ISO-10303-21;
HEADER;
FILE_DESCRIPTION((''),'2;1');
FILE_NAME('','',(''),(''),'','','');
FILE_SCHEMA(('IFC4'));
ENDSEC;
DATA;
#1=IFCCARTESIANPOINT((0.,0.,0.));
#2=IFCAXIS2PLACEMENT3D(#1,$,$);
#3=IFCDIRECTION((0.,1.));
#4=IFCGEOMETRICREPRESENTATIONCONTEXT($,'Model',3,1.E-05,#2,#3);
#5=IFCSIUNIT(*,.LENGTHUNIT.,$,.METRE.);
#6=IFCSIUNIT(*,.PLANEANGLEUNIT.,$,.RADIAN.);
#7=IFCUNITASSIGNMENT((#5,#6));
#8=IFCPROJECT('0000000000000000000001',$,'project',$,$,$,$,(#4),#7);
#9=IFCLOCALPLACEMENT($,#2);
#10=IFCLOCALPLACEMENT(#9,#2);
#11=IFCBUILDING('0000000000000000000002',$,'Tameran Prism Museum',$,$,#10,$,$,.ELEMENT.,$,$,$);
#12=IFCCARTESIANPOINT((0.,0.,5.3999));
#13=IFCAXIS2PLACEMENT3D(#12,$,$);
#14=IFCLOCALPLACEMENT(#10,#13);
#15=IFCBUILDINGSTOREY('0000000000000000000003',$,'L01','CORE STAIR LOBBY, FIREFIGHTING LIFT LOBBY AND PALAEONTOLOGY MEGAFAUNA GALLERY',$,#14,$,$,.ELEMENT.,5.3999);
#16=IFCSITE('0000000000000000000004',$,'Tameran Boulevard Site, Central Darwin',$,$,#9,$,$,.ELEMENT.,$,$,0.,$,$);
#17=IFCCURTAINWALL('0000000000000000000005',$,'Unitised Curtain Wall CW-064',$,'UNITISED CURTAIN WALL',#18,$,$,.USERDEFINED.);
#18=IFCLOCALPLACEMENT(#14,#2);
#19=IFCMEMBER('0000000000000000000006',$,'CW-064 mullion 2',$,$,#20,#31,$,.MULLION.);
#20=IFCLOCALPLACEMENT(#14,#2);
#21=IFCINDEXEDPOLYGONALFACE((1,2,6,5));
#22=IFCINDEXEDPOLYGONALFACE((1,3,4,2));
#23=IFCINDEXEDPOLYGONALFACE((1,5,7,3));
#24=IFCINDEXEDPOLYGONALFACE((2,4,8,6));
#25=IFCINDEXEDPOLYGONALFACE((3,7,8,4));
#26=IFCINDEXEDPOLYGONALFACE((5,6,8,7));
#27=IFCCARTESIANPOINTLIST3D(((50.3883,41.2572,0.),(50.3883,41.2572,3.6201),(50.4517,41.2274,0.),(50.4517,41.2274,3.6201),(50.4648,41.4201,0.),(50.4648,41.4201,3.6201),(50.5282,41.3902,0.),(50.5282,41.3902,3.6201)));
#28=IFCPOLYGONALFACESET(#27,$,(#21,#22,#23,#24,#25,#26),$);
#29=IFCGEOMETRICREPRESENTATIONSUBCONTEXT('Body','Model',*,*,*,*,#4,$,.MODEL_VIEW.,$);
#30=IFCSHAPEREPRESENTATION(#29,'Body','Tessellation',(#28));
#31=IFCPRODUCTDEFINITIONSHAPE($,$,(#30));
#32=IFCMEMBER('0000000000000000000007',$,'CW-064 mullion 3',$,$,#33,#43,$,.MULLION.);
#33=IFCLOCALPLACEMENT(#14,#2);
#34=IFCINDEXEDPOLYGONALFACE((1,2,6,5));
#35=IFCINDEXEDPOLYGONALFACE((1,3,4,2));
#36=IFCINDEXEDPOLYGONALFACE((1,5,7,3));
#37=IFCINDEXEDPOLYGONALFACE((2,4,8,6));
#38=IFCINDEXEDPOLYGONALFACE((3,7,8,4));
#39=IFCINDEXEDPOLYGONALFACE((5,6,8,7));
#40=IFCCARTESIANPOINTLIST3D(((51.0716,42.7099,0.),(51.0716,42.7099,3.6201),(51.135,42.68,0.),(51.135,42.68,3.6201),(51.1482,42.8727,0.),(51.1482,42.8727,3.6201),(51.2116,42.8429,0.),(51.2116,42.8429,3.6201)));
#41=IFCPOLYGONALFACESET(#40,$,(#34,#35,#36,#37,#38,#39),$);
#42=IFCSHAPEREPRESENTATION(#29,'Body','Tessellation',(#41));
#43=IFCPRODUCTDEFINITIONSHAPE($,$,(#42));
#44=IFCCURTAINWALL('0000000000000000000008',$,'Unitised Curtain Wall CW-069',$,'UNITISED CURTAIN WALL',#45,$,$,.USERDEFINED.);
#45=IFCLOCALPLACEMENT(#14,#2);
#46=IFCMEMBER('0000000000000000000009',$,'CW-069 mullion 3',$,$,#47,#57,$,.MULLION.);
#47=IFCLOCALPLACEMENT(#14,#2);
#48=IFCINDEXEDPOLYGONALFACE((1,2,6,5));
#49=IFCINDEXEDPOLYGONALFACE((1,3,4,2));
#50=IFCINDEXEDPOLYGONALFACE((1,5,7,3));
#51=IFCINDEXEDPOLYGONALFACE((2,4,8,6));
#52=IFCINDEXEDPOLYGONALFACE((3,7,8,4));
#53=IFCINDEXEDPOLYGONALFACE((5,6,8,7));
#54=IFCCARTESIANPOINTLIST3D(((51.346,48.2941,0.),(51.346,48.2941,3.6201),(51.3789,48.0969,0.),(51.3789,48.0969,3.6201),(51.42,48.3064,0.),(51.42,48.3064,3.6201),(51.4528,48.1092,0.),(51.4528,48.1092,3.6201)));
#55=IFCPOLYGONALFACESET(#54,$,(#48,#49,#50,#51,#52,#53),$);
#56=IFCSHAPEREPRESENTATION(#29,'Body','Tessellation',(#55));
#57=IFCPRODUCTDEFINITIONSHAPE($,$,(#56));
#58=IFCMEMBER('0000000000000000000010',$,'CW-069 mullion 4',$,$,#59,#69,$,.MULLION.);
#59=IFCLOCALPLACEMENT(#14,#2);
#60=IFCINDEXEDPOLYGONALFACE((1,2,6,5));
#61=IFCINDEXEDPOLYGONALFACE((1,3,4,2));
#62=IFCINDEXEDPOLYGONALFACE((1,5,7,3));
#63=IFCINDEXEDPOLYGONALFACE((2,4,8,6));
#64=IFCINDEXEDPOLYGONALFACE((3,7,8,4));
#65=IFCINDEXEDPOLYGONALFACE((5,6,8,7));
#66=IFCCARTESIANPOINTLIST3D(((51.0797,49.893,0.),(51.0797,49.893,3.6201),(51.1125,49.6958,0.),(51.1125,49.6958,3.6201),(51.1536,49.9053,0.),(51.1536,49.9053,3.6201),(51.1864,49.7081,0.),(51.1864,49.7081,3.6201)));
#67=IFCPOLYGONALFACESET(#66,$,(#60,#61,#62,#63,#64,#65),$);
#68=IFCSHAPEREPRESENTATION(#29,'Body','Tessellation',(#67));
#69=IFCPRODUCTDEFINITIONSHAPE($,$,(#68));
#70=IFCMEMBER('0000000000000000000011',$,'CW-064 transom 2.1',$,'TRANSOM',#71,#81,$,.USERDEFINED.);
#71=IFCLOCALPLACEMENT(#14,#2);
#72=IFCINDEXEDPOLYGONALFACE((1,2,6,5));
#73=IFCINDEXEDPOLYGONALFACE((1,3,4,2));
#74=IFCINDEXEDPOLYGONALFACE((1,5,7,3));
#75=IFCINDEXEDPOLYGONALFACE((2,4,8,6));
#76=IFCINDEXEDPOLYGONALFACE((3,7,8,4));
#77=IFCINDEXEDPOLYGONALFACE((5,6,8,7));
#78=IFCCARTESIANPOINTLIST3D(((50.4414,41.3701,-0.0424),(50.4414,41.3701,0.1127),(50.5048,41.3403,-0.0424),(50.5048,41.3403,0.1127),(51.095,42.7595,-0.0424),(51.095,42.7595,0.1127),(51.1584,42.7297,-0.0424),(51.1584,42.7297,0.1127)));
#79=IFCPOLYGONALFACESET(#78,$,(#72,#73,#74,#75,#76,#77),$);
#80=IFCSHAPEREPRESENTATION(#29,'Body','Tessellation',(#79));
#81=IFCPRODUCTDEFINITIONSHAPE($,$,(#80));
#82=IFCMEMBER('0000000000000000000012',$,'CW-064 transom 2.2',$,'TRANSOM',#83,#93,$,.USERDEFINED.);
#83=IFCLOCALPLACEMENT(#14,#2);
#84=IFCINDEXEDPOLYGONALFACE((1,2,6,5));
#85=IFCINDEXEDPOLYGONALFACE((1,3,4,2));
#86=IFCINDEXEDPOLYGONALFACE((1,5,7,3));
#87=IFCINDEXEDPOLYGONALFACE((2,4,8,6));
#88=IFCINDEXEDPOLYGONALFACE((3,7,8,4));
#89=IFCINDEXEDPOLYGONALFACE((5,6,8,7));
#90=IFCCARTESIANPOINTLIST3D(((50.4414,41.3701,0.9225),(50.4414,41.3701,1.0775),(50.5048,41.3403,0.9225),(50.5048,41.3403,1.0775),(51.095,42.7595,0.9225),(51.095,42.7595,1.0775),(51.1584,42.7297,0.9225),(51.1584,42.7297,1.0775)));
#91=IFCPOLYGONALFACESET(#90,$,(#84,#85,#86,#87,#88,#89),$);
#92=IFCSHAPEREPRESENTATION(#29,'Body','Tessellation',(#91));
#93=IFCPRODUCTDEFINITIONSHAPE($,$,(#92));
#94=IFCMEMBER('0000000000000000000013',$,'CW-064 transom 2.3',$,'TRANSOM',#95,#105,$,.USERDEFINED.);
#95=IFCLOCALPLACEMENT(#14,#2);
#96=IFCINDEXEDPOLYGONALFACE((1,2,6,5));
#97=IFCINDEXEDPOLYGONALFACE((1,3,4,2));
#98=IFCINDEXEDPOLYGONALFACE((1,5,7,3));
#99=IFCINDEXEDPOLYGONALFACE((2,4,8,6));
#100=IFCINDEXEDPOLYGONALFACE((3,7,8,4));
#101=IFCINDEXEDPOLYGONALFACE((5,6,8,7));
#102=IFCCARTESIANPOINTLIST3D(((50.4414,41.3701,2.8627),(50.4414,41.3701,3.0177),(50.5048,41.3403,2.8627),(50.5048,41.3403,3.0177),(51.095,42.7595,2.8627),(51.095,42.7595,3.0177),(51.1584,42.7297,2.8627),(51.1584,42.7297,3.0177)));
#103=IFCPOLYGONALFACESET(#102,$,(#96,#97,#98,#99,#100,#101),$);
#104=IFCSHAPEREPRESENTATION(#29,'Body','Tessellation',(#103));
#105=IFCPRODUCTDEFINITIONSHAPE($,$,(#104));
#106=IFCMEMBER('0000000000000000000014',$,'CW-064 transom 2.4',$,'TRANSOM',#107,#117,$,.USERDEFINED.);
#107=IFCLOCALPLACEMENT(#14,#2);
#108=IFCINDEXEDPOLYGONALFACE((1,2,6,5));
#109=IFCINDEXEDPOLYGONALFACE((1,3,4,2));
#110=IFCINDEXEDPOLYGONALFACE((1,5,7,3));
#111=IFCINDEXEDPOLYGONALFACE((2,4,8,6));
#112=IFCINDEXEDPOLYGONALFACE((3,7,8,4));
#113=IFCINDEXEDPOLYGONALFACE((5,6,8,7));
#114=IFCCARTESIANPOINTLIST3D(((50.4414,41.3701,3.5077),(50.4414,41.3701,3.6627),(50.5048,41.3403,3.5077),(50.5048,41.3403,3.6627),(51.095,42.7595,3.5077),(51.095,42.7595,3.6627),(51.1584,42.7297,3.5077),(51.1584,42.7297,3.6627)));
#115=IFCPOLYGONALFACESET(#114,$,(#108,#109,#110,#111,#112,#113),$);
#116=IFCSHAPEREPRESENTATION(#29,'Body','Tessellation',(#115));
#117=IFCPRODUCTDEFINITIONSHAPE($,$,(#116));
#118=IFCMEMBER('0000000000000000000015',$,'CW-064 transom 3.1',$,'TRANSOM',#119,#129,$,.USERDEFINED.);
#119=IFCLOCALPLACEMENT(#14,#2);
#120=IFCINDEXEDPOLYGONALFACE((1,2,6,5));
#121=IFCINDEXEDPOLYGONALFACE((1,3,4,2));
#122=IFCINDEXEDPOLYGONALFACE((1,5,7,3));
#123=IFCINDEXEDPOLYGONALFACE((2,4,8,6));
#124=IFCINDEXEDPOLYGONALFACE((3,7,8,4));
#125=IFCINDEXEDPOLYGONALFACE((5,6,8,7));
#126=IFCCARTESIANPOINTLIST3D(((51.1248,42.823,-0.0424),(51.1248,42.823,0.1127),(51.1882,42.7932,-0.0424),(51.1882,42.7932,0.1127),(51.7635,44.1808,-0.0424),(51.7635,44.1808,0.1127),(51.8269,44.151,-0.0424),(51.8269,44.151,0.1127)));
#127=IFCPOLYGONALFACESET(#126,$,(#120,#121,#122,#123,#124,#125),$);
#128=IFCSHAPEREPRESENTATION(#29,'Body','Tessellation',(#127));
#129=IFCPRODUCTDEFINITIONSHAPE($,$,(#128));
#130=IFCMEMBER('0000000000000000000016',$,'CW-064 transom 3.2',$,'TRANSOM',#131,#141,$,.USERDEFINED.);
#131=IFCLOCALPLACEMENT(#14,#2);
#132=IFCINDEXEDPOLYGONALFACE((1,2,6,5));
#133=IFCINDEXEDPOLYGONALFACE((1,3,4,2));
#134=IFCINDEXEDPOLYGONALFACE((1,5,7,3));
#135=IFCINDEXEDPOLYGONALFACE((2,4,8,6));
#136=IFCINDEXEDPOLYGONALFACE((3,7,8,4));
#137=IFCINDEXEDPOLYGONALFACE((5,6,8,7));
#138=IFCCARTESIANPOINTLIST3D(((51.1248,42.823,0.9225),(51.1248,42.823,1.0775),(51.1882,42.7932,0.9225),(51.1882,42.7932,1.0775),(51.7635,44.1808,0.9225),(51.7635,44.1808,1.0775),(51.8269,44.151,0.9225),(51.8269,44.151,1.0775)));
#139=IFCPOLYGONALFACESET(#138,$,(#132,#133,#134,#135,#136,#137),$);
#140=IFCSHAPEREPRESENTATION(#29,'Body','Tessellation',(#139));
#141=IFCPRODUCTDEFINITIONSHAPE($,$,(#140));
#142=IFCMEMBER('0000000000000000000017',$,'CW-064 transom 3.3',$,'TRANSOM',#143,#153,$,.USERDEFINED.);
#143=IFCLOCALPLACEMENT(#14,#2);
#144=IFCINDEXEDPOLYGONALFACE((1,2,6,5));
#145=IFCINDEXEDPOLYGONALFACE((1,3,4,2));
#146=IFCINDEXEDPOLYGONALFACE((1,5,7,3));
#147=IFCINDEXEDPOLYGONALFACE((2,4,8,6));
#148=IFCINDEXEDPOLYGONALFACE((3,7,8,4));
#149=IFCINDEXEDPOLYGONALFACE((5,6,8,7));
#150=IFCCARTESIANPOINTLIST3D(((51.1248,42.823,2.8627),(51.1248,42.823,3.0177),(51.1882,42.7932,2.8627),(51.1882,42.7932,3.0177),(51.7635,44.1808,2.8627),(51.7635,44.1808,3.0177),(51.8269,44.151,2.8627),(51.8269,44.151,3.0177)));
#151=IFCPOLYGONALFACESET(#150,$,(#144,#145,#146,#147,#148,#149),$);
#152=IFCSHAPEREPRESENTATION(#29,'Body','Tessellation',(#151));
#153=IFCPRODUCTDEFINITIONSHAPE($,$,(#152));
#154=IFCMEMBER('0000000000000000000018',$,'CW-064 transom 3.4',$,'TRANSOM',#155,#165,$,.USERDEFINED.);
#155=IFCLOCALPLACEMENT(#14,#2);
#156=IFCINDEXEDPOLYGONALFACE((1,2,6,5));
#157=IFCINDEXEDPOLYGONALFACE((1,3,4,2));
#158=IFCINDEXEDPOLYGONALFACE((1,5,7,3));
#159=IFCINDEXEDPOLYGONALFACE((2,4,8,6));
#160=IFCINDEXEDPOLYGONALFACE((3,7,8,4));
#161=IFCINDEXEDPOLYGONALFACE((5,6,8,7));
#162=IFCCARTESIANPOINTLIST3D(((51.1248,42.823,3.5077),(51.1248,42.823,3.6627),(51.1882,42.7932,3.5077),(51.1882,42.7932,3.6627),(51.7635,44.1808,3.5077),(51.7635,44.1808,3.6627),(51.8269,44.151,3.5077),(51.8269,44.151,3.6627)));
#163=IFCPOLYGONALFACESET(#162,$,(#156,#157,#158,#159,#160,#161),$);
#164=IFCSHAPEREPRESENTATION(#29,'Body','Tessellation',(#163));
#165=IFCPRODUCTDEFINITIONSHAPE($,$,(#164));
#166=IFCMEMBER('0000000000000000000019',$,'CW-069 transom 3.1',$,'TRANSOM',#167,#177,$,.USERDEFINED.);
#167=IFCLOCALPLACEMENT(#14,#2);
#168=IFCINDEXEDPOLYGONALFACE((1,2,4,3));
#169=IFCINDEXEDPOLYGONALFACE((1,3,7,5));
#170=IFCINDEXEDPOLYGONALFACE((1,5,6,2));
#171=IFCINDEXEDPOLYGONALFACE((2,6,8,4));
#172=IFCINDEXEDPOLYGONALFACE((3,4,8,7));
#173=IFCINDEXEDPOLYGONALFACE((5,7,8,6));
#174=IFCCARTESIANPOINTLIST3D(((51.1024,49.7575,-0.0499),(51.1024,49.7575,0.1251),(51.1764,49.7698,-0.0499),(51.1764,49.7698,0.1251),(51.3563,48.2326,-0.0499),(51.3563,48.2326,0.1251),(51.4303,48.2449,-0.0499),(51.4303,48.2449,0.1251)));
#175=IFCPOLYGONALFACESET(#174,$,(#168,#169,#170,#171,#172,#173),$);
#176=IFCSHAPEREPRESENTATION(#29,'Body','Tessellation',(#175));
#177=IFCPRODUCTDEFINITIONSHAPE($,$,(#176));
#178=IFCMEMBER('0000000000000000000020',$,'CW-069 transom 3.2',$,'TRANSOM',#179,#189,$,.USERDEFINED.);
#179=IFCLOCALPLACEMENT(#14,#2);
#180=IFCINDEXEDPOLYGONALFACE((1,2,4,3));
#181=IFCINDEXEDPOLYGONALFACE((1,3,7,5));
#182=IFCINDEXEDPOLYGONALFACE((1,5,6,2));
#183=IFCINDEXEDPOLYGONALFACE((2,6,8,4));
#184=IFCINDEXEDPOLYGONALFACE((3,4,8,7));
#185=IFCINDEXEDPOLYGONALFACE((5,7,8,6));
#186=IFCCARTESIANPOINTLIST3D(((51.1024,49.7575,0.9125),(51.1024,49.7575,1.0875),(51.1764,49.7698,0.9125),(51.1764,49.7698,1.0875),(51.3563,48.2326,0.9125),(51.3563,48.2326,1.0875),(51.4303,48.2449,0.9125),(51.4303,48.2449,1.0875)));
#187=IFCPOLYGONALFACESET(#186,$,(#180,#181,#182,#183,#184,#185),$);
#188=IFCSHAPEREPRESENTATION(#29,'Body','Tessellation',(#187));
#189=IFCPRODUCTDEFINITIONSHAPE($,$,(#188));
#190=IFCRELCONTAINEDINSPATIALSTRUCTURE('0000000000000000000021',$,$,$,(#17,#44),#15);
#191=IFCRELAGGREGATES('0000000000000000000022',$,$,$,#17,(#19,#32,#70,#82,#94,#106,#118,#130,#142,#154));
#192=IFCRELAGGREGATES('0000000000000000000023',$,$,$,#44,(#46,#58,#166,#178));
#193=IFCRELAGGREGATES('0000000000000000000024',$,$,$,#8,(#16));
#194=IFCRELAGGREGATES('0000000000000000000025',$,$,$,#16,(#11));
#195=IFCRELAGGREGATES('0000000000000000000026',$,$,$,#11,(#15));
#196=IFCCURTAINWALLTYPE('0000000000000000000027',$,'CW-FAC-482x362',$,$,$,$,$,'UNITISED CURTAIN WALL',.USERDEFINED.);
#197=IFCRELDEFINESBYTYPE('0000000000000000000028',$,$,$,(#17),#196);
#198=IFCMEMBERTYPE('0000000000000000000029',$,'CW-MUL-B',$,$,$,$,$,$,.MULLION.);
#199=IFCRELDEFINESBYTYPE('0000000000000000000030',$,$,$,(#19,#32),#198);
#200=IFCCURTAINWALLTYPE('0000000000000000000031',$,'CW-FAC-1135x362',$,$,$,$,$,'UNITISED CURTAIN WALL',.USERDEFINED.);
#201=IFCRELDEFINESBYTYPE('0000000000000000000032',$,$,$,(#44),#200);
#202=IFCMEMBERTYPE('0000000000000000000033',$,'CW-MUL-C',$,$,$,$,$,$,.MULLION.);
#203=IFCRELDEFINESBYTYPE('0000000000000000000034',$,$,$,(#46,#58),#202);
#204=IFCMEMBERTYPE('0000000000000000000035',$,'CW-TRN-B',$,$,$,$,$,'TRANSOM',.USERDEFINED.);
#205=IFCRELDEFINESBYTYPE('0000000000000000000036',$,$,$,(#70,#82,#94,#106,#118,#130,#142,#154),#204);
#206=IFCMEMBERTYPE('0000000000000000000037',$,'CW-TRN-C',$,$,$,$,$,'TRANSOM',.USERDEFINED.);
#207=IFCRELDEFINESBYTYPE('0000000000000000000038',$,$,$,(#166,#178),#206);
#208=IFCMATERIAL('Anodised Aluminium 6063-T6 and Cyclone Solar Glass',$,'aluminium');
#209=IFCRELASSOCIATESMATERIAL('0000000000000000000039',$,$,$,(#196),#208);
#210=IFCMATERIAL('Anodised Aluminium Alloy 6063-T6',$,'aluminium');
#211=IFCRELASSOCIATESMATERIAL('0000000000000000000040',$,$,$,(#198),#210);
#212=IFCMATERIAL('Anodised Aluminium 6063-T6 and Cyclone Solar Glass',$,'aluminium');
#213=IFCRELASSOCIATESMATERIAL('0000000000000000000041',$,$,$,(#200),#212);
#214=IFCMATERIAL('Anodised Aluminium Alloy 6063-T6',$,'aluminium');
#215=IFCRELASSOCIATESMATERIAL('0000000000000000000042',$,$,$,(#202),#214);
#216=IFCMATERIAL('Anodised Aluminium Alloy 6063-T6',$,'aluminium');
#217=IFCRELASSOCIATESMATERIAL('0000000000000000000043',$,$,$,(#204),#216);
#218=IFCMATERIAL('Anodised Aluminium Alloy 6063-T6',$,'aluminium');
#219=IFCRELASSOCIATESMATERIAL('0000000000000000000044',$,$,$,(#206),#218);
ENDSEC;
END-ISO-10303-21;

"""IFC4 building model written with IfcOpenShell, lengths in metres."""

from ifc_helpers import new_model, si_unit, direction, frame, origin, origin_2d, place, context, subcontext, project, spatial, rectangle, extrude, material, material_profile, profile_set, type_object, element, aggregate, save


model = new_model("IFC4")

# Units and contexts
model_context = context("Model", 3, precision=1e-05, world=origin(), true_north=direction((0.0, 1.0)))
body_context = subcontext(model_context, "Body", "Model", "MODEL_VIEW")
ifc_project = project(units=[si_unit("LENGTHUNIT", "METRE"), si_unit("PLANEANGLEUNIT", "RADIAN")], contexts=[model_context])

# Site, building, storey
site_placement = place(None, origin())
site = spatial("IfcSite", under=ifc_project, at=site_placement, Name="Tameran Boulevard Site, Central Darwin", CompositionType="ELEMENT", RefElevation=0.0)
building_placement = place(site_placement, origin())
building = spatial("IfcBuilding", under=site, at=building_placement, Name="Tameran Prism Museum", CompositionType="ELEMENT")
storey_placement = place(building_placement, frame((0.0, 0.0, 5.3999)))
storey = spatial("IfcBuildingStorey", under=building, at=storey_placement, Name="L01", Description="CORE STAIR LOBBY, FIREFIGHTING LIFT LOBBY AND PALAEONTOLOGY MEGAFAUNA GALLERY", CompositionType="ELEMENT", Elevation=5.3999)

# Curtain walls, members
ifc_material_1 = material(Name="Anodised Aluminium 6063-T6 and Cyclone Solar Glass", Category="aluminium")
curtain_wall_type_1 = type_object("IfcCurtainWallType", Name="CW-FAC-482x362", ElementType="UNITISED CURTAIN WALL", PredefinedType="USERDEFINED", material=ifc_material_1)
curtain_wall_1_placement = place(storey_placement, origin())
curtain_wall_1 = element("IfcCurtainWall", 1, at=curtain_wall_1_placement, inside=storey, type_object=curtain_wall_type_1, Name="Unitised Curtain Wall CW-064", ObjectType="UNITISED CURTAIN WALL", PredefinedType="USERDEFINED")
ifc_material_2 = material(Name="Anodised Aluminium Alloy 6063-T6", Category="aluminium")
ifc_material_profile_1 = material_profile(ifc_material_2, rectangle(XDim=0.0701, YDim=0.1799, at=origin_2d()))
ifc_profile_set_1 = profile_set([ifc_material_profile_1])
member_type_1 = type_object("IfcMemberType", Name="CW-MUL-B", PredefinedType="MULLION", material=ifc_profile_set_1)
member_1_placement = place(storey_placement, frame((50.4583, 41.3237, 0.0), z_axis=(0.0, 0.0, 1.0), x_axis=(-0.904885, 0.425657, 0.0)))
member_1 = element("IfcMember", 2, at=member_1_placement, type_object=member_type_1, Name="CW-064 mullion 2", PredefinedType="MULLION", context=body_context, shape_type="SweptSolid", body=[
    extrude(rectangle(XDim=0.0701, YDim=0.1799, at=origin_2d()), origin(), (0.0, 0.0, 1.0), 3.6201),
])
member_2_placement = place(storey_placement, frame((51.1416, 42.7764, 0.0), z_axis=(0.0, 0.0, 1.0), x_axis=(-0.904885, 0.425657, 0.0)))
member_2 = element("IfcMember", 3, at=member_2_placement, type_object=member_type_1, Name="CW-064 mullion 3", PredefinedType="MULLION", context=body_context, shape_type="SweptSolid", body=[
    extrude(rectangle(XDim=0.0701, YDim=0.1799, at=origin_2d()), origin(), (0.0, 0.0, 1.0), 3.6201),
])
ifc_material_3 = material(Name="Anodised Aluminium 6063-T6 and Cyclone Solar Glass", Category="aluminium")
curtain_wall_type_2 = type_object("IfcCurtainWallType", Name="CW-FAC-1135x362", ElementType="UNITISED CURTAIN WALL", PredefinedType="USERDEFINED", material=ifc_material_3)
curtain_wall_2_placement = place(storey_placement, origin())
curtain_wall_2 = element("IfcCurtainWall", 4, at=curtain_wall_2_placement, inside=storey, type_object=curtain_wall_type_2, Name="Unitised Curtain Wall CW-069", ObjectType="UNITISED CURTAIN WALL", PredefinedType="USERDEFINED")
ifc_material_4 = material(Name="Anodised Aluminium Alloy 6063-T6", Category="aluminium")
ifc_material_profile_2 = material_profile(ifc_material_4, rectangle(XDim=0.075, YDim=0.2, at=origin_2d()))
ifc_profile_set_2 = profile_set([ifc_material_profile_2])
member_type_2 = type_object("IfcMemberType", Name="CW-MUL-C", PredefinedType="MULLION", material=ifc_profile_set_2)
member_3_placement = place(storey_placement, frame((51.3994, 48.2017, 0.0), z_axis=(0.0, 0.0, 1.0), x_axis=(-0.986413, -0.164285, 0.0)))
member_3 = element("IfcMember", 5, at=member_3_placement, type_object=member_type_2, Name="CW-069 mullion 3", PredefinedType="MULLION", context=body_context, shape_type="SweptSolid", body=[
    extrude(rectangle(XDim=0.075, YDim=0.2, at=origin_2d()), origin(), (0.0, 0.0, 1.0), 3.6201),
])
member_4_placement = place(storey_placement, frame((51.1331, 49.8005, 0.0), z_axis=(0.0, 0.0, 1.0), x_axis=(-0.986413, -0.164285, 0.0)))
member_4 = element("IfcMember", 6, at=member_4_placement, type_object=member_type_2, Name="CW-069 mullion 4", PredefinedType="MULLION", context=body_context, shape_type="SweptSolid", body=[
    extrude(rectangle(XDim=0.075, YDim=0.2, at=origin_2d()), origin(), (0.0, 0.0, 1.0), 3.6201),
])

# Members
ifc_material_5 = material(Name="Anodised Aluminium Alloy 6063-T6", Category="aluminium")
ifc_material_profile_3 = material_profile(ifc_material_5, rectangle(XDim=0.0701, YDim=0.155, at=origin_2d()))
ifc_profile_set_3 = profile_set([ifc_material_profile_3])
member_type_3 = type_object("IfcMemberType", Name="CW-TRN-B", ElementType="TRANSOM", PredefinedType="USERDEFINED", material=ifc_profile_set_3)
member_5_placement = place(storey_placement, frame((50.4731, 41.3552, 0.0352), z_axis=(0.425652, 0.904887, 0.0), x_axis=(-0.904887, 0.425652, 0.0)))
member_5 = element("IfcMember", 7, at=member_5_placement, type_object=member_type_3, Name="CW-064 transom 2.1", ObjectType="TRANSOM", PredefinedType="USERDEFINED", context=body_context, shape_type="SweptSolid", body=[
    extrude(rectangle(XDim=0.0701, YDim=0.155, at=origin_2d()), origin(), (0.0, 0.0, 1.0), 1.5354),
])
member_6_placement = place(storey_placement, frame((50.4731, 41.3552, 1.0), z_axis=(0.425652, 0.904887, 0.0), x_axis=(-0.904887, 0.425652, 0.0)))
member_6 = element("IfcMember", 8, at=member_6_placement, type_object=member_type_3, Name="CW-064 transom 2.2", ObjectType="TRANSOM", PredefinedType="USERDEFINED", context=body_context, shape_type="SweptSolid", body=[
    extrude(rectangle(XDim=0.0701, YDim=0.155, at=origin_2d()), origin(), (0.0, 0.0, 1.0), 1.5354),
])
member_7_placement = place(storey_placement, frame((50.4731, 41.3552, 2.9402), z_axis=(0.425652, 0.904887, 0.0), x_axis=(-0.904887, 0.425652, 0.0)))
member_7 = element("IfcMember", 9, at=member_7_placement, type_object=member_type_3, Name="CW-064 transom 2.3", ObjectType="TRANSOM", PredefinedType="USERDEFINED", context=body_context, shape_type="SweptSolid", body=[
    extrude(rectangle(XDim=0.0701, YDim=0.155, at=origin_2d()), origin(), (0.0, 0.0, 1.0), 1.5354),
])
member_8_placement = place(storey_placement, frame((50.4731, 41.3552, 3.5852), z_axis=(0.425652, 0.904887, 0.0), x_axis=(-0.904887, 0.425652, 0.0)))
member_8 = element("IfcMember", 10, at=member_8_placement, type_object=member_type_3, Name="CW-064 transom 2.4", ObjectType="TRANSOM", PredefinedType="USERDEFINED", context=body_context, shape_type="SweptSolid", body=[
    extrude(rectangle(XDim=0.0701, YDim=0.155, at=origin_2d()), origin(), (0.0, 0.0, 1.0), 1.5354),
])
member_9_placement = place(storey_placement, frame((51.1565, 42.8081, 0.0352), z_axis=(0.425672, 0.904878, 0.0), x_axis=(-0.904878, 0.425672, 0.0)))
member_9 = element("IfcMember", 11, at=member_9_placement, type_object=member_type_3, Name="CW-064 transom 3.1", ObjectType="TRANSOM", PredefinedType="USERDEFINED", context=body_context, shape_type="SweptSolid", body=[
    extrude(rectangle(XDim=0.0701, YDim=0.155, at=origin_2d()), origin(), (0.0, 0.0, 1.0), 1.5005),
])
member_10_placement = place(storey_placement, frame((51.1565, 42.8081, 1.0), z_axis=(0.425672, 0.904878, 0.0), x_axis=(-0.904878, 0.425672, 0.0)))
member_10 = element("IfcMember", 12, at=member_10_placement, type_object=member_type_3, Name="CW-064 transom 3.2", ObjectType="TRANSOM", PredefinedType="USERDEFINED", context=body_context, shape_type="SweptSolid", body=[
    extrude(rectangle(XDim=0.0701, YDim=0.155, at=origin_2d()), origin(), (0.0, 0.0, 1.0), 1.5005),
])
member_11_placement = place(storey_placement, frame((51.1565, 42.8081, 2.9402), z_axis=(0.425672, 0.904878, 0.0), x_axis=(-0.904878, 0.425672, 0.0)))
member_11 = element("IfcMember", 13, at=member_11_placement, type_object=member_type_3, Name="CW-064 transom 3.3", ObjectType="TRANSOM", PredefinedType="USERDEFINED", context=body_context, shape_type="SweptSolid", body=[
    extrude(rectangle(XDim=0.0701, YDim=0.155, at=origin_2d()), origin(), (0.0, 0.0, 1.0), 1.5005),
])
member_12_placement = place(storey_placement, frame((51.1565, 42.8081, 3.5852), z_axis=(0.425672, 0.904878, 0.0), x_axis=(-0.904878, 0.425672, 0.0)))
member_12 = element("IfcMember", 14, at=member_12_placement, type_object=member_type_3, Name="CW-064 transom 3.4", ObjectType="TRANSOM", PredefinedType="USERDEFINED", context=body_context, shape_type="SweptSolid", body=[
    extrude(rectangle(XDim=0.0701, YDim=0.155, at=origin_2d()), origin(), (0.0, 0.0, 1.0), 1.5005),
])
ifc_material_6 = material(Name="Anodised Aluminium Alloy 6063-T6", Category="aluminium")
ifc_material_profile_4 = material_profile(ifc_material_6, rectangle(XDim=0.075, YDim=0.175, at=origin_2d()))
ifc_profile_set_4 = profile_set([ifc_material_profile_4])
member_type_4 = type_object("IfcMemberType", Name="CW-TRN-C", ElementType="TRANSOM", PredefinedType="USERDEFINED", material=ifc_profile_set_4)
member_13_placement = place(storey_placement, frame((51.3933, 48.2388, 0.0376), z_axis=(-0.164245, 0.98642, 0.0), x_axis=(-0.98642, -0.164245, 0.0)))
member_13 = element("IfcMember", 15, at=member_13_placement, type_object=member_type_4, Name="CW-069 transom 3.1", ObjectType="TRANSOM", PredefinedType="USERDEFINED", context=body_context, shape_type="SweptSolid", body=[
    extrude(rectangle(XDim=0.075, YDim=0.175, at=origin_2d()), origin(), (0.0, 0.0, 1.0), 1.5459),
])
member_14_placement = place(storey_placement, frame((51.3933, 48.2388, 1.0), z_axis=(-0.164245, 0.98642, 0.0), x_axis=(-0.98642, -0.164245, 0.0)))
member_14 = element("IfcMember", 16, at=member_14_placement, type_object=member_type_4, Name="CW-069 transom 3.2", ObjectType="TRANSOM", PredefinedType="USERDEFINED", context=body_context, shape_type="SweptSolid", body=[
    extrude(rectangle(XDim=0.075, YDim=0.175, at=origin_2d()), origin(), (0.0, 0.0, 1.0), 1.5459),
])

aggregate(curtain_wall_1, [member_1, member_2, member_5, member_6, member_7, member_8, member_9, member_10, member_11, member_12])
aggregate(curtain_wall_2, [member_3, member_4, member_13, member_14])

save(model, "model.ifc")
